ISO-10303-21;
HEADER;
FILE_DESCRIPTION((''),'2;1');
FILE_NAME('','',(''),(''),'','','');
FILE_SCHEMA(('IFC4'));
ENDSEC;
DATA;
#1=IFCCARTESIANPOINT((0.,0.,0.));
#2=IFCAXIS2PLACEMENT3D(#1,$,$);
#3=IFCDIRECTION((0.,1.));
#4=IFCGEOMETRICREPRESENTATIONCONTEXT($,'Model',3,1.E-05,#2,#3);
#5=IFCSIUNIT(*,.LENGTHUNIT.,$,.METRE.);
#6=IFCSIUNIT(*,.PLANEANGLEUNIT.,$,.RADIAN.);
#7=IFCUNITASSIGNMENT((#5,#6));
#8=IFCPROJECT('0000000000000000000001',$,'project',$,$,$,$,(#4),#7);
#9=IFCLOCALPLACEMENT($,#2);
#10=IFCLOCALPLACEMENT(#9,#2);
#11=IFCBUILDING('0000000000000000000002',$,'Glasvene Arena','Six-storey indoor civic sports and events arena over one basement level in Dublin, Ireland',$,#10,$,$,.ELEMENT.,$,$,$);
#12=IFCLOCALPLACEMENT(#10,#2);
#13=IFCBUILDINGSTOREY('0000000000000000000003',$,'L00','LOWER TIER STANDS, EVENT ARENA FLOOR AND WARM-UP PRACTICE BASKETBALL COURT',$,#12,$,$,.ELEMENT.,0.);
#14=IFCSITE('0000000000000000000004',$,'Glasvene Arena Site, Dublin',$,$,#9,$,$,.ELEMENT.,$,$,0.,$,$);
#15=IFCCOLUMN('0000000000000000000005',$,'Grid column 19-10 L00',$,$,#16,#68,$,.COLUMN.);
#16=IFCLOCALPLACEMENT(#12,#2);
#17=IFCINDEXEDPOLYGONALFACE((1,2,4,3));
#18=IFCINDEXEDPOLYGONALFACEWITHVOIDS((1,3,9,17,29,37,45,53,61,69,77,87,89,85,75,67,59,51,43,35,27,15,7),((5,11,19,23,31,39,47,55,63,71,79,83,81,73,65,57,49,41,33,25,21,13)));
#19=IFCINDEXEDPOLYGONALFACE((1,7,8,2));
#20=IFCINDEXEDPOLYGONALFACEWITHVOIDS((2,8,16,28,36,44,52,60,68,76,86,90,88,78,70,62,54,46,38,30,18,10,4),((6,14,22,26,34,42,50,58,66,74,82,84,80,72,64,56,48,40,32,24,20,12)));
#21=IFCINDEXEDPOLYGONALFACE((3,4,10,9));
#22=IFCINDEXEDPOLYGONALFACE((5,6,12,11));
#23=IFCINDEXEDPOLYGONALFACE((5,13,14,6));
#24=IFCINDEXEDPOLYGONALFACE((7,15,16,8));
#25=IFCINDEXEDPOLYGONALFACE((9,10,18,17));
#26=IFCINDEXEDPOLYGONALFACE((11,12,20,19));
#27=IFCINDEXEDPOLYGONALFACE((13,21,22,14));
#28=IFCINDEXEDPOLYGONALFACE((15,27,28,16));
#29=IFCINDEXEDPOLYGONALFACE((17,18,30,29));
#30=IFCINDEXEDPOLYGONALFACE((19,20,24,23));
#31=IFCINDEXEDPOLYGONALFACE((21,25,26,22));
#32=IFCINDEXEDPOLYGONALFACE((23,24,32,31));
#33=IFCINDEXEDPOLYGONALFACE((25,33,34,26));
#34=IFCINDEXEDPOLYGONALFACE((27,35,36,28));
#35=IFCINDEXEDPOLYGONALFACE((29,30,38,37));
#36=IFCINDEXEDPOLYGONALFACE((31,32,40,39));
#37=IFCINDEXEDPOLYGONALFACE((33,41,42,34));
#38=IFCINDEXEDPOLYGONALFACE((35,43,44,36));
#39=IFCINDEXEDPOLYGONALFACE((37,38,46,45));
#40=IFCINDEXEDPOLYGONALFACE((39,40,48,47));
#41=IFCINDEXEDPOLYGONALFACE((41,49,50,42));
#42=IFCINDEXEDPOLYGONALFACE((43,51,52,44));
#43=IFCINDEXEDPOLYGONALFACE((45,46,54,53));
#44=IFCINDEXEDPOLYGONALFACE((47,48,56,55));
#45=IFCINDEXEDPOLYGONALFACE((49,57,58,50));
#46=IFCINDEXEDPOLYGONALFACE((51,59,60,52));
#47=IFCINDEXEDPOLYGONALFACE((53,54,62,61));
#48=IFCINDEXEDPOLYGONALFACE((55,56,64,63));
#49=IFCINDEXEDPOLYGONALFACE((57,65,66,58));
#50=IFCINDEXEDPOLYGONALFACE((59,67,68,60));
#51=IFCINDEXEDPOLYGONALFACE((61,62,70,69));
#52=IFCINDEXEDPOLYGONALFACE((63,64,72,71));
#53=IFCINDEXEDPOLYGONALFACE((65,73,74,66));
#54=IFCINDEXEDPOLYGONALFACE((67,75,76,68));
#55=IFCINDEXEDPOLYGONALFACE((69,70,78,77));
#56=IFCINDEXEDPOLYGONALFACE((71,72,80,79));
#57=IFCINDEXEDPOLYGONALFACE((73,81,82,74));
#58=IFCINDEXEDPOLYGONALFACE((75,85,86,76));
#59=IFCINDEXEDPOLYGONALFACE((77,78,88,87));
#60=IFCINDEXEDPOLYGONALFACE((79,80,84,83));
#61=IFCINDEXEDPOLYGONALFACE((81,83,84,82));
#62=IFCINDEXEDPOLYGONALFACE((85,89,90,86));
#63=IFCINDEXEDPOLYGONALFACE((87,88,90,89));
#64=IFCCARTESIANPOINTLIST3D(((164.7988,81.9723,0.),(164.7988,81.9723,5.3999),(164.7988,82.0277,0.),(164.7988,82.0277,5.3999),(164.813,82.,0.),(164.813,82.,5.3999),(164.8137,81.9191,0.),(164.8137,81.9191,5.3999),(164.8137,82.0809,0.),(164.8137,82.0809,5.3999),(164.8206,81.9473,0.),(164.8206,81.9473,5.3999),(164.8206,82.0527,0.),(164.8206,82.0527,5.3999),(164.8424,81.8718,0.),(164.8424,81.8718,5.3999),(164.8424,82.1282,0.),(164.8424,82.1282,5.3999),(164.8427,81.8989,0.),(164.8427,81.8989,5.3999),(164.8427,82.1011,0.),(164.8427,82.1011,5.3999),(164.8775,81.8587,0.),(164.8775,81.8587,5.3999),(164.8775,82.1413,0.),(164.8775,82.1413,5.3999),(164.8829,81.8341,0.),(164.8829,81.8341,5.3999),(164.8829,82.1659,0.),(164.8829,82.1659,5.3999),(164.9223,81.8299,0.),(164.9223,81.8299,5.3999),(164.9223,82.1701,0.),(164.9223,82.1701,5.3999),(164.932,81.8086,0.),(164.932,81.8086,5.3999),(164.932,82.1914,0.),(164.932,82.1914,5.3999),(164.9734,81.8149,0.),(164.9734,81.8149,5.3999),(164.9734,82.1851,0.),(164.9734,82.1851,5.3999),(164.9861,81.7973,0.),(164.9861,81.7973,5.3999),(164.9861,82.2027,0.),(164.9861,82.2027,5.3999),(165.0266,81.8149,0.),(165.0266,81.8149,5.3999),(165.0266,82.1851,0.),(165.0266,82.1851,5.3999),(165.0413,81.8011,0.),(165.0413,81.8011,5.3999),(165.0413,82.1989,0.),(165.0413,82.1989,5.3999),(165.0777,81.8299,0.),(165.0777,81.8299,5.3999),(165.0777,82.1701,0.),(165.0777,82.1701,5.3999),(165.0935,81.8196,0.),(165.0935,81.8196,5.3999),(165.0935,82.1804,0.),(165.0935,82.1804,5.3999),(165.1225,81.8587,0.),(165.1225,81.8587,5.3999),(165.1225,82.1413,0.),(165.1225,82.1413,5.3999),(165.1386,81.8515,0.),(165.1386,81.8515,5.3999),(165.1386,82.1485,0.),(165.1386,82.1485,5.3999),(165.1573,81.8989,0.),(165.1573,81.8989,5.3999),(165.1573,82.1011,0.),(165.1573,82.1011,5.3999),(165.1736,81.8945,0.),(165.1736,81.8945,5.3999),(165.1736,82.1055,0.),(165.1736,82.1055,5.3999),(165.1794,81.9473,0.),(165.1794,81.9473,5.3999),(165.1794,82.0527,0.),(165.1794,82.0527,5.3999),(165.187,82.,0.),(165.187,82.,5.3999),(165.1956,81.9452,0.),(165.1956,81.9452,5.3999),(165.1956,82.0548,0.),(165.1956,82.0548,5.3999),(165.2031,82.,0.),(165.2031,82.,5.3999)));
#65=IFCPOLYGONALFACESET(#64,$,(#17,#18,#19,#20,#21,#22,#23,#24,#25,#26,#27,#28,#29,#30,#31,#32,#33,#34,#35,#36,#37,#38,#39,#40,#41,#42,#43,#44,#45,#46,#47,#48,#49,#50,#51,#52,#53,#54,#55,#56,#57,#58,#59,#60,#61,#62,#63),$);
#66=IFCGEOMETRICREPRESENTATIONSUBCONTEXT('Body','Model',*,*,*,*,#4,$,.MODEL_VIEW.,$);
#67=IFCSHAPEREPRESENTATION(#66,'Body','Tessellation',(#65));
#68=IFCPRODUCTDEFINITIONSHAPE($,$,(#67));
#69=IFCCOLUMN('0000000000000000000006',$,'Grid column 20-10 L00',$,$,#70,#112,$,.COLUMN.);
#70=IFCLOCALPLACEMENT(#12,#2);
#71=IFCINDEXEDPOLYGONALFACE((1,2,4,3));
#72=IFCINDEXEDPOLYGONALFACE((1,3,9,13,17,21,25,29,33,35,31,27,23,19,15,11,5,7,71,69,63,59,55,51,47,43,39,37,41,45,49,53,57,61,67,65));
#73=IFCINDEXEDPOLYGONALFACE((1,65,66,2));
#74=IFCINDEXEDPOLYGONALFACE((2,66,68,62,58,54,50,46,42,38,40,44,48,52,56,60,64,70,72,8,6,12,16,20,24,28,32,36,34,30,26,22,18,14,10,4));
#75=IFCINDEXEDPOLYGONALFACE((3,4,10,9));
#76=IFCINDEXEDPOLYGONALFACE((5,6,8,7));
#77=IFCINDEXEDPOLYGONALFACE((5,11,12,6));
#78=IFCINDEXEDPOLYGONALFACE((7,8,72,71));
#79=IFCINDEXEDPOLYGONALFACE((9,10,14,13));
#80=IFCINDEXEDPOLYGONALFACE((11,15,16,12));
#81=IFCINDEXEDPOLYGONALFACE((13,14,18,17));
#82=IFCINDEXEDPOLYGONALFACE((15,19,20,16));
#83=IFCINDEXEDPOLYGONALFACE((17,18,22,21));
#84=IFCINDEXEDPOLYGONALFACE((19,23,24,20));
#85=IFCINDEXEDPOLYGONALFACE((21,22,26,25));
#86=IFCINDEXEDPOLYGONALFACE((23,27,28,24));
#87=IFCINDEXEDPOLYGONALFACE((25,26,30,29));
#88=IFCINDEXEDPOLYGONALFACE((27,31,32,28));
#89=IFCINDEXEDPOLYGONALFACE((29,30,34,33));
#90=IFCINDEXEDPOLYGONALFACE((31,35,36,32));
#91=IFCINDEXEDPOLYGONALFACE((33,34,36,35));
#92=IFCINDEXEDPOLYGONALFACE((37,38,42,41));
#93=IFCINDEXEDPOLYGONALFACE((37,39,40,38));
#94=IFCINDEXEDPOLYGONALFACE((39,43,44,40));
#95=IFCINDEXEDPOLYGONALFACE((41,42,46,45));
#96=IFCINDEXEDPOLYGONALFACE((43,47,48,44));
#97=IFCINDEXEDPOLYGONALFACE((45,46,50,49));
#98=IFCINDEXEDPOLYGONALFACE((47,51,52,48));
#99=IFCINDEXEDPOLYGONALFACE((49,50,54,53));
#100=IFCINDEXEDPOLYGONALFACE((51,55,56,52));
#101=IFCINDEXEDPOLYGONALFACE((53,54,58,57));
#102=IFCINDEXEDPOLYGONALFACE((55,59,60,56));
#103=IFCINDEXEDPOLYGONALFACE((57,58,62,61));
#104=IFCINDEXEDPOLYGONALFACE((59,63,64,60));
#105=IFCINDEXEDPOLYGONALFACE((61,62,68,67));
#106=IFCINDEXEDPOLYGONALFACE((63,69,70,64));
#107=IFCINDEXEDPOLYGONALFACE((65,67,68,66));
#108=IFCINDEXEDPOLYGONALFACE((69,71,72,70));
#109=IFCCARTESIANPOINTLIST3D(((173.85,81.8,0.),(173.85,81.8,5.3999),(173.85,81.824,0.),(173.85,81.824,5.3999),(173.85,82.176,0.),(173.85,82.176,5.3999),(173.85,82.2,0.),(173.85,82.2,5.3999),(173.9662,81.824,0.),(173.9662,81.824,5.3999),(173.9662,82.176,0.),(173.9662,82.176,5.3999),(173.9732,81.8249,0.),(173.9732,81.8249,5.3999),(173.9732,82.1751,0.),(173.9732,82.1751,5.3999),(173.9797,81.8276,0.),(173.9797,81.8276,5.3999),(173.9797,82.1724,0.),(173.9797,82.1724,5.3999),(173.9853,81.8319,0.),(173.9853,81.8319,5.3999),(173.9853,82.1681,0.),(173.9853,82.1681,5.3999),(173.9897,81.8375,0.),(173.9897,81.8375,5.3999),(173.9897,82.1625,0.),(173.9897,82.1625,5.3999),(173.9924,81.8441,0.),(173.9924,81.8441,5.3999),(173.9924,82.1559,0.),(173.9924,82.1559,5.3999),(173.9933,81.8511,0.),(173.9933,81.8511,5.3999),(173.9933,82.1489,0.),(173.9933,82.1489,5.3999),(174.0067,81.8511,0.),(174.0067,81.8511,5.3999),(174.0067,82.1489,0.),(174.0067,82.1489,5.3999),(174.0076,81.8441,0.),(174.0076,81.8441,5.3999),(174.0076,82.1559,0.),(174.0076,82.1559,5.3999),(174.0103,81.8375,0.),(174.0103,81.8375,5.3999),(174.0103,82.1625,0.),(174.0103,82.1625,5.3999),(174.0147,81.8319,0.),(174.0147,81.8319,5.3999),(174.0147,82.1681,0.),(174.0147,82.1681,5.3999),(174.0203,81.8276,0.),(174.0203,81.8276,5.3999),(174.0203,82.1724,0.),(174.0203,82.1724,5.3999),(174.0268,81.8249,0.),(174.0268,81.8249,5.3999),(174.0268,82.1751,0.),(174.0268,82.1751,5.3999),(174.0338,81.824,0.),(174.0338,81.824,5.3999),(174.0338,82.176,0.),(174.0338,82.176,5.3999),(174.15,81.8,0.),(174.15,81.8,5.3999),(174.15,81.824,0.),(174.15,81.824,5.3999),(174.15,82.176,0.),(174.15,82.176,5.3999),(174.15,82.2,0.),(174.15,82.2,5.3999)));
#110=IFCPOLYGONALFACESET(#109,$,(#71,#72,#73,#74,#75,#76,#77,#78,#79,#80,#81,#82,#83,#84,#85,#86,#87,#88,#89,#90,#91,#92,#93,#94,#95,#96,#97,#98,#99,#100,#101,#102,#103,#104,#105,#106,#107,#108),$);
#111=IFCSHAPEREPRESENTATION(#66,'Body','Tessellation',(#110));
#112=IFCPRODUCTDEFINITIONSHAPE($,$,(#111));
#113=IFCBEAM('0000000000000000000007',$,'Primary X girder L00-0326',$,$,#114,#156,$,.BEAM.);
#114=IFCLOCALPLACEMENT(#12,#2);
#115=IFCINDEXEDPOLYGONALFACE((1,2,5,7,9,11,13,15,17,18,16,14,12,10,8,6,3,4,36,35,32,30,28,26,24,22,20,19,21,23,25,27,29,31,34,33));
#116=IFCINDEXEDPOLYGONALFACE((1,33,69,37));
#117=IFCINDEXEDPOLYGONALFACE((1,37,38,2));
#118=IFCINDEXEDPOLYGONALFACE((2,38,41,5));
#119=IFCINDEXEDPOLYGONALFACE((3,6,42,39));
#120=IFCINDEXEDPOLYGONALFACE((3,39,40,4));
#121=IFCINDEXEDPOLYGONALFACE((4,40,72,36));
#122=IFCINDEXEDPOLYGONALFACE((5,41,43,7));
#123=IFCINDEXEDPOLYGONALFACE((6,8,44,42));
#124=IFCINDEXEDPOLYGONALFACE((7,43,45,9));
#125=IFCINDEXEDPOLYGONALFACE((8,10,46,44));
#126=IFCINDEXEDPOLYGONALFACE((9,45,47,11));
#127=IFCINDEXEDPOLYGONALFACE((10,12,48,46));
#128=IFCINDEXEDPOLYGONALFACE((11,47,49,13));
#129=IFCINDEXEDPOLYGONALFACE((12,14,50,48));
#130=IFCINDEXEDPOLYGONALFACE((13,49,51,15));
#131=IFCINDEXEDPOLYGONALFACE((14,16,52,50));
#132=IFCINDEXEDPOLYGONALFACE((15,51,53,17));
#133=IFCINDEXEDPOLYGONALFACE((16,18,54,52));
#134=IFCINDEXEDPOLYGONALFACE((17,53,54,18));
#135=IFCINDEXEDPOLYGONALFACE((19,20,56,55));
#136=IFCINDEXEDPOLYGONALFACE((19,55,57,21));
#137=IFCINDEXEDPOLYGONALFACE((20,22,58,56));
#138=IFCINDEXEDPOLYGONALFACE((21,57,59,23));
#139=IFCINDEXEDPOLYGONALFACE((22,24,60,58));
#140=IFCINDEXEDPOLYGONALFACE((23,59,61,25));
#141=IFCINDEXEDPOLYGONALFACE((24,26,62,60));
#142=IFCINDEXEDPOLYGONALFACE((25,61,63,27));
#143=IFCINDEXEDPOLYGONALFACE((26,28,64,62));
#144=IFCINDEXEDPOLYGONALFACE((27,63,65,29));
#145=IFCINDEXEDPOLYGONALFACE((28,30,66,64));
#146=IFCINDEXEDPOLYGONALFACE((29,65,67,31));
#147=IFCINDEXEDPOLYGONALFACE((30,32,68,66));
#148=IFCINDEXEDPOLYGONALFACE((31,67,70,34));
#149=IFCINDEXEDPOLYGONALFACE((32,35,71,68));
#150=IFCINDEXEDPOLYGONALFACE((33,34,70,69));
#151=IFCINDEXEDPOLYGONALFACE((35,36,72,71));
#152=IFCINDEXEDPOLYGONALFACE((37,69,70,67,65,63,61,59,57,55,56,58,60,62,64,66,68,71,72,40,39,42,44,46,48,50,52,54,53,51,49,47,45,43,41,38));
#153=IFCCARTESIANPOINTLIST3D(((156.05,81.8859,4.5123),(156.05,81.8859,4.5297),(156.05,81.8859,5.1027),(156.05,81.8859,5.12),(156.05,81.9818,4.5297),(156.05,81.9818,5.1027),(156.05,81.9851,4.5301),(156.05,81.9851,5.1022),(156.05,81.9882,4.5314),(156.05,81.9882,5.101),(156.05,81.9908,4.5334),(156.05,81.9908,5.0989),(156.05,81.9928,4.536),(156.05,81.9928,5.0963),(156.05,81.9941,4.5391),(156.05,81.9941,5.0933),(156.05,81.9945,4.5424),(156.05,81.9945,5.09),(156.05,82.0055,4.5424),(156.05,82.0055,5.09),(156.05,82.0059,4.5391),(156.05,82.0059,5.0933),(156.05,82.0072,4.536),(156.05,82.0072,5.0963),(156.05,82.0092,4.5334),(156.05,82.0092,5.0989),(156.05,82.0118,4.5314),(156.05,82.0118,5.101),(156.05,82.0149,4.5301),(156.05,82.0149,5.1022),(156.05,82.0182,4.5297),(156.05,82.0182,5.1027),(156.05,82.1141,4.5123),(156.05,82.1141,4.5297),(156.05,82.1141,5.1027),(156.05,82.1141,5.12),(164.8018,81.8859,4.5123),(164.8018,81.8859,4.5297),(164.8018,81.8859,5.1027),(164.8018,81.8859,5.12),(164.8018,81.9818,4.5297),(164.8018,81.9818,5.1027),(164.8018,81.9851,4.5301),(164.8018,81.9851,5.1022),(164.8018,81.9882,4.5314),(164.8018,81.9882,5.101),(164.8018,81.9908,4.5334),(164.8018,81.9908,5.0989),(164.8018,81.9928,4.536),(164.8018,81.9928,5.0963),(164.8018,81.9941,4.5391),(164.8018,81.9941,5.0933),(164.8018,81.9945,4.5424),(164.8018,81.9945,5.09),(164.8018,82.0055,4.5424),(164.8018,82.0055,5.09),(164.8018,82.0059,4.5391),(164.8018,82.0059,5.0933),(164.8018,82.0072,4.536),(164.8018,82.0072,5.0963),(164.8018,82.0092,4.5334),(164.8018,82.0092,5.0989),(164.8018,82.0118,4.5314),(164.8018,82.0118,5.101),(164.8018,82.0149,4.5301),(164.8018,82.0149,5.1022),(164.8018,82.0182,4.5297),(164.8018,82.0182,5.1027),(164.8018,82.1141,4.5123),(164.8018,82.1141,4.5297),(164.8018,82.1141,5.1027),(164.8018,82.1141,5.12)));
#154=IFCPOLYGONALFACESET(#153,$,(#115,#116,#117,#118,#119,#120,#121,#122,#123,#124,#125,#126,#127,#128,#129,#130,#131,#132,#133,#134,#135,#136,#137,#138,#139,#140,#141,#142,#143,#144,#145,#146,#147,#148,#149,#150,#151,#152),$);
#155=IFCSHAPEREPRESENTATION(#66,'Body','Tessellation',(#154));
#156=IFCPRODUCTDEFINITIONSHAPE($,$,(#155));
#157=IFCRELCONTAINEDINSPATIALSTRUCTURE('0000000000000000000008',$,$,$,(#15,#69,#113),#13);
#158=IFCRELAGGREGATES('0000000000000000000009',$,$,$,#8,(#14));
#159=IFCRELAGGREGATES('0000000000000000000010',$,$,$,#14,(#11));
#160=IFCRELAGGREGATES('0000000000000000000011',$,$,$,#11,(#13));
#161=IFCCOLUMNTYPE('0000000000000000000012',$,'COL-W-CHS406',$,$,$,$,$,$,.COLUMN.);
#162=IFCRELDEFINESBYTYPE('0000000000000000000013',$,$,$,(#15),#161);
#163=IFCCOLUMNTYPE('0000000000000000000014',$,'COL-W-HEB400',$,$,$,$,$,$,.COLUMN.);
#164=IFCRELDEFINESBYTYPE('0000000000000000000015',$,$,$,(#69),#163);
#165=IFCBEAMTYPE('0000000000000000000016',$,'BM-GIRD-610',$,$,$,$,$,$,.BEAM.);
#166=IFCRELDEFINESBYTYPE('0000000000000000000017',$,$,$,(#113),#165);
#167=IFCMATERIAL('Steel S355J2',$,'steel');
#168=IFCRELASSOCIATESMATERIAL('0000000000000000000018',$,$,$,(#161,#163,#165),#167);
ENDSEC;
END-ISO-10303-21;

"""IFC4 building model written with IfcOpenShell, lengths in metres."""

from ifc_helpers import new_model, si_unit, direction, frame, origin, origin_2d, place, context, subcontext, project, spatial, hollow_circle, i_section, extrude, material, material_profile, profile_set, type_object, element, save


model = new_model("IFC4")

# Units and contexts
model_context = context("Model", 3, precision=1e-05, world=origin(), true_north=direction((0.0, 1.0)))
body_context = subcontext(model_context, "Body", "Model", "MODEL_VIEW")
ifc_project = project(units=[si_unit("LENGTHUNIT", "METRE"), si_unit("PLANEANGLEUNIT", "RADIAN")], contexts=[model_context])

# Site, building, storey
site_placement = place(None, origin())
site = spatial("IfcSite", under=ifc_project, at=site_placement, Name="Glasvene Arena Site, Dublin", CompositionType="ELEMENT", RefElevation=0.0)
building_placement = place(site_placement, origin())
building = spatial("IfcBuilding", under=site, at=building_placement, Name="Glasvene Arena", Description="Six-storey indoor civic sports and events arena over one basement level in Dublin, Ireland", CompositionType="ELEMENT")
storey_placement = place(building_placement, origin())
storey = spatial("IfcBuildingStorey", under=building, at=storey_placement, Name="L00", Description="LOWER TIER STANDS, EVENT ARENA FLOOR AND WARM-UP PRACTICE BASKETBALL COURT", CompositionType="ELEMENT", Elevation=0.0)

# Columns
ifc_material_1 = material(Name="Steel S355J2", Category="steel")
ifc_material_profile_1 = material_profile(ifc_material_1, hollow_circle(Radius=0.2031, WallThickness=0.0161, at=origin_2d()), Name="CHS 406.4x16.0")
ifc_profile_set_1 = profile_set([ifc_material_profile_1], Name="Steel S355J2")
column_type_1 = type_object("IfcColumnType", Name="COL-W-CHS406", PredefinedType="COLUMN", material=ifc_profile_set_1)
column_1_placement = place(storey_placement, frame((165.0, 82.0, 0.0), z_axis=(0.0, 0.0, 1.0), x_axis=(1.0, 0.0, 0.0)))
element("IfcColumn", 1, at=column_1_placement, inside=storey, type_object=column_type_1, Name="Grid column 19-10 L00", PredefinedType="COLUMN", context=body_context, shape_type="SweptSolid", body=[
    extrude(hollow_circle(Radius=0.2031, WallThickness=0.0161, at=origin_2d()), origin(), (0.0, 0.0, 1.0), 5.3999),
])
ifc_material_profile_2 = material_profile(ifc_material_1, i_section(OverallWidth=0.3, OverallDepth=0.3999, WebThickness=0.0134, FlangeThickness=0.0239, FilletRadius=0.0271, at=origin_2d()), Name="HEB 400")
ifc_profile_set_2 = profile_set([ifc_material_profile_2], Name="Steel S355J2")
column_type_2 = type_object("IfcColumnType", Name="COL-W-HEB400", PredefinedType="COLUMN", material=ifc_profile_set_2)
column_2_placement = place(storey_placement, frame((174.0, 82.0, 0.0), z_axis=(0.0, 0.0, 1.0), x_axis=(1.0, 0.0, 0.0)))
element("IfcColumn", 2, at=column_2_placement, inside=storey, type_object=column_type_2, Name="Grid column 20-10 L00", PredefinedType="COLUMN", context=body_context, shape_type="SweptSolid", body=[
    extrude(i_section(OverallWidth=0.3, OverallDepth=0.3999, WebThickness=0.0134, FlangeThickness=0.0239, FilletRadius=0.0271, at=origin_2d()), origin(), (0.0, 0.0, 1.0), 5.3999),
])

# Beam
ifc_material_profile_3 = material_profile(ifc_material_1, i_section(OverallWidth=0.2283, OverallDepth=0.6077, WebThickness=0.011, FlangeThickness=0.0173, FilletRadius=0.0127, at=origin_2d()), Name="UKB 610x229x113")
ifc_profile_set_3 = profile_set([ifc_material_profile_3], Name="Steel S355J2")
beam_type_1 = type_object("IfcBeamType", Name="BM-GIRD-610", PredefinedType="BEAM", material=ifc_profile_set_3)
for number, where, z_axis, x_axis, name in (
    (3, (156.05, 82.0, 4.8162), (1.0, 0.0, 0.0), (0.0, 1.0, 0.0), "Primary X girder L00-0326"),
):
    element("IfcBeam", number, at=place(storey_placement, frame(where, z_axis=z_axis, x_axis=x_axis)), inside=storey, type_object=beam_type_1, Name=name, PredefinedType="BEAM", context=body_context, shape_type="SweptSolid", body=[
        extrude(i_section(OverallWidth=0.2283, OverallDepth=0.6077, WebThickness=0.011, FlangeThickness=0.0173, FilletRadius=0.0127, at=origin_2d()), origin(), (0.0, 0.0, 1.0), 8.7517),
    ])

save(model, "model.ifc")
